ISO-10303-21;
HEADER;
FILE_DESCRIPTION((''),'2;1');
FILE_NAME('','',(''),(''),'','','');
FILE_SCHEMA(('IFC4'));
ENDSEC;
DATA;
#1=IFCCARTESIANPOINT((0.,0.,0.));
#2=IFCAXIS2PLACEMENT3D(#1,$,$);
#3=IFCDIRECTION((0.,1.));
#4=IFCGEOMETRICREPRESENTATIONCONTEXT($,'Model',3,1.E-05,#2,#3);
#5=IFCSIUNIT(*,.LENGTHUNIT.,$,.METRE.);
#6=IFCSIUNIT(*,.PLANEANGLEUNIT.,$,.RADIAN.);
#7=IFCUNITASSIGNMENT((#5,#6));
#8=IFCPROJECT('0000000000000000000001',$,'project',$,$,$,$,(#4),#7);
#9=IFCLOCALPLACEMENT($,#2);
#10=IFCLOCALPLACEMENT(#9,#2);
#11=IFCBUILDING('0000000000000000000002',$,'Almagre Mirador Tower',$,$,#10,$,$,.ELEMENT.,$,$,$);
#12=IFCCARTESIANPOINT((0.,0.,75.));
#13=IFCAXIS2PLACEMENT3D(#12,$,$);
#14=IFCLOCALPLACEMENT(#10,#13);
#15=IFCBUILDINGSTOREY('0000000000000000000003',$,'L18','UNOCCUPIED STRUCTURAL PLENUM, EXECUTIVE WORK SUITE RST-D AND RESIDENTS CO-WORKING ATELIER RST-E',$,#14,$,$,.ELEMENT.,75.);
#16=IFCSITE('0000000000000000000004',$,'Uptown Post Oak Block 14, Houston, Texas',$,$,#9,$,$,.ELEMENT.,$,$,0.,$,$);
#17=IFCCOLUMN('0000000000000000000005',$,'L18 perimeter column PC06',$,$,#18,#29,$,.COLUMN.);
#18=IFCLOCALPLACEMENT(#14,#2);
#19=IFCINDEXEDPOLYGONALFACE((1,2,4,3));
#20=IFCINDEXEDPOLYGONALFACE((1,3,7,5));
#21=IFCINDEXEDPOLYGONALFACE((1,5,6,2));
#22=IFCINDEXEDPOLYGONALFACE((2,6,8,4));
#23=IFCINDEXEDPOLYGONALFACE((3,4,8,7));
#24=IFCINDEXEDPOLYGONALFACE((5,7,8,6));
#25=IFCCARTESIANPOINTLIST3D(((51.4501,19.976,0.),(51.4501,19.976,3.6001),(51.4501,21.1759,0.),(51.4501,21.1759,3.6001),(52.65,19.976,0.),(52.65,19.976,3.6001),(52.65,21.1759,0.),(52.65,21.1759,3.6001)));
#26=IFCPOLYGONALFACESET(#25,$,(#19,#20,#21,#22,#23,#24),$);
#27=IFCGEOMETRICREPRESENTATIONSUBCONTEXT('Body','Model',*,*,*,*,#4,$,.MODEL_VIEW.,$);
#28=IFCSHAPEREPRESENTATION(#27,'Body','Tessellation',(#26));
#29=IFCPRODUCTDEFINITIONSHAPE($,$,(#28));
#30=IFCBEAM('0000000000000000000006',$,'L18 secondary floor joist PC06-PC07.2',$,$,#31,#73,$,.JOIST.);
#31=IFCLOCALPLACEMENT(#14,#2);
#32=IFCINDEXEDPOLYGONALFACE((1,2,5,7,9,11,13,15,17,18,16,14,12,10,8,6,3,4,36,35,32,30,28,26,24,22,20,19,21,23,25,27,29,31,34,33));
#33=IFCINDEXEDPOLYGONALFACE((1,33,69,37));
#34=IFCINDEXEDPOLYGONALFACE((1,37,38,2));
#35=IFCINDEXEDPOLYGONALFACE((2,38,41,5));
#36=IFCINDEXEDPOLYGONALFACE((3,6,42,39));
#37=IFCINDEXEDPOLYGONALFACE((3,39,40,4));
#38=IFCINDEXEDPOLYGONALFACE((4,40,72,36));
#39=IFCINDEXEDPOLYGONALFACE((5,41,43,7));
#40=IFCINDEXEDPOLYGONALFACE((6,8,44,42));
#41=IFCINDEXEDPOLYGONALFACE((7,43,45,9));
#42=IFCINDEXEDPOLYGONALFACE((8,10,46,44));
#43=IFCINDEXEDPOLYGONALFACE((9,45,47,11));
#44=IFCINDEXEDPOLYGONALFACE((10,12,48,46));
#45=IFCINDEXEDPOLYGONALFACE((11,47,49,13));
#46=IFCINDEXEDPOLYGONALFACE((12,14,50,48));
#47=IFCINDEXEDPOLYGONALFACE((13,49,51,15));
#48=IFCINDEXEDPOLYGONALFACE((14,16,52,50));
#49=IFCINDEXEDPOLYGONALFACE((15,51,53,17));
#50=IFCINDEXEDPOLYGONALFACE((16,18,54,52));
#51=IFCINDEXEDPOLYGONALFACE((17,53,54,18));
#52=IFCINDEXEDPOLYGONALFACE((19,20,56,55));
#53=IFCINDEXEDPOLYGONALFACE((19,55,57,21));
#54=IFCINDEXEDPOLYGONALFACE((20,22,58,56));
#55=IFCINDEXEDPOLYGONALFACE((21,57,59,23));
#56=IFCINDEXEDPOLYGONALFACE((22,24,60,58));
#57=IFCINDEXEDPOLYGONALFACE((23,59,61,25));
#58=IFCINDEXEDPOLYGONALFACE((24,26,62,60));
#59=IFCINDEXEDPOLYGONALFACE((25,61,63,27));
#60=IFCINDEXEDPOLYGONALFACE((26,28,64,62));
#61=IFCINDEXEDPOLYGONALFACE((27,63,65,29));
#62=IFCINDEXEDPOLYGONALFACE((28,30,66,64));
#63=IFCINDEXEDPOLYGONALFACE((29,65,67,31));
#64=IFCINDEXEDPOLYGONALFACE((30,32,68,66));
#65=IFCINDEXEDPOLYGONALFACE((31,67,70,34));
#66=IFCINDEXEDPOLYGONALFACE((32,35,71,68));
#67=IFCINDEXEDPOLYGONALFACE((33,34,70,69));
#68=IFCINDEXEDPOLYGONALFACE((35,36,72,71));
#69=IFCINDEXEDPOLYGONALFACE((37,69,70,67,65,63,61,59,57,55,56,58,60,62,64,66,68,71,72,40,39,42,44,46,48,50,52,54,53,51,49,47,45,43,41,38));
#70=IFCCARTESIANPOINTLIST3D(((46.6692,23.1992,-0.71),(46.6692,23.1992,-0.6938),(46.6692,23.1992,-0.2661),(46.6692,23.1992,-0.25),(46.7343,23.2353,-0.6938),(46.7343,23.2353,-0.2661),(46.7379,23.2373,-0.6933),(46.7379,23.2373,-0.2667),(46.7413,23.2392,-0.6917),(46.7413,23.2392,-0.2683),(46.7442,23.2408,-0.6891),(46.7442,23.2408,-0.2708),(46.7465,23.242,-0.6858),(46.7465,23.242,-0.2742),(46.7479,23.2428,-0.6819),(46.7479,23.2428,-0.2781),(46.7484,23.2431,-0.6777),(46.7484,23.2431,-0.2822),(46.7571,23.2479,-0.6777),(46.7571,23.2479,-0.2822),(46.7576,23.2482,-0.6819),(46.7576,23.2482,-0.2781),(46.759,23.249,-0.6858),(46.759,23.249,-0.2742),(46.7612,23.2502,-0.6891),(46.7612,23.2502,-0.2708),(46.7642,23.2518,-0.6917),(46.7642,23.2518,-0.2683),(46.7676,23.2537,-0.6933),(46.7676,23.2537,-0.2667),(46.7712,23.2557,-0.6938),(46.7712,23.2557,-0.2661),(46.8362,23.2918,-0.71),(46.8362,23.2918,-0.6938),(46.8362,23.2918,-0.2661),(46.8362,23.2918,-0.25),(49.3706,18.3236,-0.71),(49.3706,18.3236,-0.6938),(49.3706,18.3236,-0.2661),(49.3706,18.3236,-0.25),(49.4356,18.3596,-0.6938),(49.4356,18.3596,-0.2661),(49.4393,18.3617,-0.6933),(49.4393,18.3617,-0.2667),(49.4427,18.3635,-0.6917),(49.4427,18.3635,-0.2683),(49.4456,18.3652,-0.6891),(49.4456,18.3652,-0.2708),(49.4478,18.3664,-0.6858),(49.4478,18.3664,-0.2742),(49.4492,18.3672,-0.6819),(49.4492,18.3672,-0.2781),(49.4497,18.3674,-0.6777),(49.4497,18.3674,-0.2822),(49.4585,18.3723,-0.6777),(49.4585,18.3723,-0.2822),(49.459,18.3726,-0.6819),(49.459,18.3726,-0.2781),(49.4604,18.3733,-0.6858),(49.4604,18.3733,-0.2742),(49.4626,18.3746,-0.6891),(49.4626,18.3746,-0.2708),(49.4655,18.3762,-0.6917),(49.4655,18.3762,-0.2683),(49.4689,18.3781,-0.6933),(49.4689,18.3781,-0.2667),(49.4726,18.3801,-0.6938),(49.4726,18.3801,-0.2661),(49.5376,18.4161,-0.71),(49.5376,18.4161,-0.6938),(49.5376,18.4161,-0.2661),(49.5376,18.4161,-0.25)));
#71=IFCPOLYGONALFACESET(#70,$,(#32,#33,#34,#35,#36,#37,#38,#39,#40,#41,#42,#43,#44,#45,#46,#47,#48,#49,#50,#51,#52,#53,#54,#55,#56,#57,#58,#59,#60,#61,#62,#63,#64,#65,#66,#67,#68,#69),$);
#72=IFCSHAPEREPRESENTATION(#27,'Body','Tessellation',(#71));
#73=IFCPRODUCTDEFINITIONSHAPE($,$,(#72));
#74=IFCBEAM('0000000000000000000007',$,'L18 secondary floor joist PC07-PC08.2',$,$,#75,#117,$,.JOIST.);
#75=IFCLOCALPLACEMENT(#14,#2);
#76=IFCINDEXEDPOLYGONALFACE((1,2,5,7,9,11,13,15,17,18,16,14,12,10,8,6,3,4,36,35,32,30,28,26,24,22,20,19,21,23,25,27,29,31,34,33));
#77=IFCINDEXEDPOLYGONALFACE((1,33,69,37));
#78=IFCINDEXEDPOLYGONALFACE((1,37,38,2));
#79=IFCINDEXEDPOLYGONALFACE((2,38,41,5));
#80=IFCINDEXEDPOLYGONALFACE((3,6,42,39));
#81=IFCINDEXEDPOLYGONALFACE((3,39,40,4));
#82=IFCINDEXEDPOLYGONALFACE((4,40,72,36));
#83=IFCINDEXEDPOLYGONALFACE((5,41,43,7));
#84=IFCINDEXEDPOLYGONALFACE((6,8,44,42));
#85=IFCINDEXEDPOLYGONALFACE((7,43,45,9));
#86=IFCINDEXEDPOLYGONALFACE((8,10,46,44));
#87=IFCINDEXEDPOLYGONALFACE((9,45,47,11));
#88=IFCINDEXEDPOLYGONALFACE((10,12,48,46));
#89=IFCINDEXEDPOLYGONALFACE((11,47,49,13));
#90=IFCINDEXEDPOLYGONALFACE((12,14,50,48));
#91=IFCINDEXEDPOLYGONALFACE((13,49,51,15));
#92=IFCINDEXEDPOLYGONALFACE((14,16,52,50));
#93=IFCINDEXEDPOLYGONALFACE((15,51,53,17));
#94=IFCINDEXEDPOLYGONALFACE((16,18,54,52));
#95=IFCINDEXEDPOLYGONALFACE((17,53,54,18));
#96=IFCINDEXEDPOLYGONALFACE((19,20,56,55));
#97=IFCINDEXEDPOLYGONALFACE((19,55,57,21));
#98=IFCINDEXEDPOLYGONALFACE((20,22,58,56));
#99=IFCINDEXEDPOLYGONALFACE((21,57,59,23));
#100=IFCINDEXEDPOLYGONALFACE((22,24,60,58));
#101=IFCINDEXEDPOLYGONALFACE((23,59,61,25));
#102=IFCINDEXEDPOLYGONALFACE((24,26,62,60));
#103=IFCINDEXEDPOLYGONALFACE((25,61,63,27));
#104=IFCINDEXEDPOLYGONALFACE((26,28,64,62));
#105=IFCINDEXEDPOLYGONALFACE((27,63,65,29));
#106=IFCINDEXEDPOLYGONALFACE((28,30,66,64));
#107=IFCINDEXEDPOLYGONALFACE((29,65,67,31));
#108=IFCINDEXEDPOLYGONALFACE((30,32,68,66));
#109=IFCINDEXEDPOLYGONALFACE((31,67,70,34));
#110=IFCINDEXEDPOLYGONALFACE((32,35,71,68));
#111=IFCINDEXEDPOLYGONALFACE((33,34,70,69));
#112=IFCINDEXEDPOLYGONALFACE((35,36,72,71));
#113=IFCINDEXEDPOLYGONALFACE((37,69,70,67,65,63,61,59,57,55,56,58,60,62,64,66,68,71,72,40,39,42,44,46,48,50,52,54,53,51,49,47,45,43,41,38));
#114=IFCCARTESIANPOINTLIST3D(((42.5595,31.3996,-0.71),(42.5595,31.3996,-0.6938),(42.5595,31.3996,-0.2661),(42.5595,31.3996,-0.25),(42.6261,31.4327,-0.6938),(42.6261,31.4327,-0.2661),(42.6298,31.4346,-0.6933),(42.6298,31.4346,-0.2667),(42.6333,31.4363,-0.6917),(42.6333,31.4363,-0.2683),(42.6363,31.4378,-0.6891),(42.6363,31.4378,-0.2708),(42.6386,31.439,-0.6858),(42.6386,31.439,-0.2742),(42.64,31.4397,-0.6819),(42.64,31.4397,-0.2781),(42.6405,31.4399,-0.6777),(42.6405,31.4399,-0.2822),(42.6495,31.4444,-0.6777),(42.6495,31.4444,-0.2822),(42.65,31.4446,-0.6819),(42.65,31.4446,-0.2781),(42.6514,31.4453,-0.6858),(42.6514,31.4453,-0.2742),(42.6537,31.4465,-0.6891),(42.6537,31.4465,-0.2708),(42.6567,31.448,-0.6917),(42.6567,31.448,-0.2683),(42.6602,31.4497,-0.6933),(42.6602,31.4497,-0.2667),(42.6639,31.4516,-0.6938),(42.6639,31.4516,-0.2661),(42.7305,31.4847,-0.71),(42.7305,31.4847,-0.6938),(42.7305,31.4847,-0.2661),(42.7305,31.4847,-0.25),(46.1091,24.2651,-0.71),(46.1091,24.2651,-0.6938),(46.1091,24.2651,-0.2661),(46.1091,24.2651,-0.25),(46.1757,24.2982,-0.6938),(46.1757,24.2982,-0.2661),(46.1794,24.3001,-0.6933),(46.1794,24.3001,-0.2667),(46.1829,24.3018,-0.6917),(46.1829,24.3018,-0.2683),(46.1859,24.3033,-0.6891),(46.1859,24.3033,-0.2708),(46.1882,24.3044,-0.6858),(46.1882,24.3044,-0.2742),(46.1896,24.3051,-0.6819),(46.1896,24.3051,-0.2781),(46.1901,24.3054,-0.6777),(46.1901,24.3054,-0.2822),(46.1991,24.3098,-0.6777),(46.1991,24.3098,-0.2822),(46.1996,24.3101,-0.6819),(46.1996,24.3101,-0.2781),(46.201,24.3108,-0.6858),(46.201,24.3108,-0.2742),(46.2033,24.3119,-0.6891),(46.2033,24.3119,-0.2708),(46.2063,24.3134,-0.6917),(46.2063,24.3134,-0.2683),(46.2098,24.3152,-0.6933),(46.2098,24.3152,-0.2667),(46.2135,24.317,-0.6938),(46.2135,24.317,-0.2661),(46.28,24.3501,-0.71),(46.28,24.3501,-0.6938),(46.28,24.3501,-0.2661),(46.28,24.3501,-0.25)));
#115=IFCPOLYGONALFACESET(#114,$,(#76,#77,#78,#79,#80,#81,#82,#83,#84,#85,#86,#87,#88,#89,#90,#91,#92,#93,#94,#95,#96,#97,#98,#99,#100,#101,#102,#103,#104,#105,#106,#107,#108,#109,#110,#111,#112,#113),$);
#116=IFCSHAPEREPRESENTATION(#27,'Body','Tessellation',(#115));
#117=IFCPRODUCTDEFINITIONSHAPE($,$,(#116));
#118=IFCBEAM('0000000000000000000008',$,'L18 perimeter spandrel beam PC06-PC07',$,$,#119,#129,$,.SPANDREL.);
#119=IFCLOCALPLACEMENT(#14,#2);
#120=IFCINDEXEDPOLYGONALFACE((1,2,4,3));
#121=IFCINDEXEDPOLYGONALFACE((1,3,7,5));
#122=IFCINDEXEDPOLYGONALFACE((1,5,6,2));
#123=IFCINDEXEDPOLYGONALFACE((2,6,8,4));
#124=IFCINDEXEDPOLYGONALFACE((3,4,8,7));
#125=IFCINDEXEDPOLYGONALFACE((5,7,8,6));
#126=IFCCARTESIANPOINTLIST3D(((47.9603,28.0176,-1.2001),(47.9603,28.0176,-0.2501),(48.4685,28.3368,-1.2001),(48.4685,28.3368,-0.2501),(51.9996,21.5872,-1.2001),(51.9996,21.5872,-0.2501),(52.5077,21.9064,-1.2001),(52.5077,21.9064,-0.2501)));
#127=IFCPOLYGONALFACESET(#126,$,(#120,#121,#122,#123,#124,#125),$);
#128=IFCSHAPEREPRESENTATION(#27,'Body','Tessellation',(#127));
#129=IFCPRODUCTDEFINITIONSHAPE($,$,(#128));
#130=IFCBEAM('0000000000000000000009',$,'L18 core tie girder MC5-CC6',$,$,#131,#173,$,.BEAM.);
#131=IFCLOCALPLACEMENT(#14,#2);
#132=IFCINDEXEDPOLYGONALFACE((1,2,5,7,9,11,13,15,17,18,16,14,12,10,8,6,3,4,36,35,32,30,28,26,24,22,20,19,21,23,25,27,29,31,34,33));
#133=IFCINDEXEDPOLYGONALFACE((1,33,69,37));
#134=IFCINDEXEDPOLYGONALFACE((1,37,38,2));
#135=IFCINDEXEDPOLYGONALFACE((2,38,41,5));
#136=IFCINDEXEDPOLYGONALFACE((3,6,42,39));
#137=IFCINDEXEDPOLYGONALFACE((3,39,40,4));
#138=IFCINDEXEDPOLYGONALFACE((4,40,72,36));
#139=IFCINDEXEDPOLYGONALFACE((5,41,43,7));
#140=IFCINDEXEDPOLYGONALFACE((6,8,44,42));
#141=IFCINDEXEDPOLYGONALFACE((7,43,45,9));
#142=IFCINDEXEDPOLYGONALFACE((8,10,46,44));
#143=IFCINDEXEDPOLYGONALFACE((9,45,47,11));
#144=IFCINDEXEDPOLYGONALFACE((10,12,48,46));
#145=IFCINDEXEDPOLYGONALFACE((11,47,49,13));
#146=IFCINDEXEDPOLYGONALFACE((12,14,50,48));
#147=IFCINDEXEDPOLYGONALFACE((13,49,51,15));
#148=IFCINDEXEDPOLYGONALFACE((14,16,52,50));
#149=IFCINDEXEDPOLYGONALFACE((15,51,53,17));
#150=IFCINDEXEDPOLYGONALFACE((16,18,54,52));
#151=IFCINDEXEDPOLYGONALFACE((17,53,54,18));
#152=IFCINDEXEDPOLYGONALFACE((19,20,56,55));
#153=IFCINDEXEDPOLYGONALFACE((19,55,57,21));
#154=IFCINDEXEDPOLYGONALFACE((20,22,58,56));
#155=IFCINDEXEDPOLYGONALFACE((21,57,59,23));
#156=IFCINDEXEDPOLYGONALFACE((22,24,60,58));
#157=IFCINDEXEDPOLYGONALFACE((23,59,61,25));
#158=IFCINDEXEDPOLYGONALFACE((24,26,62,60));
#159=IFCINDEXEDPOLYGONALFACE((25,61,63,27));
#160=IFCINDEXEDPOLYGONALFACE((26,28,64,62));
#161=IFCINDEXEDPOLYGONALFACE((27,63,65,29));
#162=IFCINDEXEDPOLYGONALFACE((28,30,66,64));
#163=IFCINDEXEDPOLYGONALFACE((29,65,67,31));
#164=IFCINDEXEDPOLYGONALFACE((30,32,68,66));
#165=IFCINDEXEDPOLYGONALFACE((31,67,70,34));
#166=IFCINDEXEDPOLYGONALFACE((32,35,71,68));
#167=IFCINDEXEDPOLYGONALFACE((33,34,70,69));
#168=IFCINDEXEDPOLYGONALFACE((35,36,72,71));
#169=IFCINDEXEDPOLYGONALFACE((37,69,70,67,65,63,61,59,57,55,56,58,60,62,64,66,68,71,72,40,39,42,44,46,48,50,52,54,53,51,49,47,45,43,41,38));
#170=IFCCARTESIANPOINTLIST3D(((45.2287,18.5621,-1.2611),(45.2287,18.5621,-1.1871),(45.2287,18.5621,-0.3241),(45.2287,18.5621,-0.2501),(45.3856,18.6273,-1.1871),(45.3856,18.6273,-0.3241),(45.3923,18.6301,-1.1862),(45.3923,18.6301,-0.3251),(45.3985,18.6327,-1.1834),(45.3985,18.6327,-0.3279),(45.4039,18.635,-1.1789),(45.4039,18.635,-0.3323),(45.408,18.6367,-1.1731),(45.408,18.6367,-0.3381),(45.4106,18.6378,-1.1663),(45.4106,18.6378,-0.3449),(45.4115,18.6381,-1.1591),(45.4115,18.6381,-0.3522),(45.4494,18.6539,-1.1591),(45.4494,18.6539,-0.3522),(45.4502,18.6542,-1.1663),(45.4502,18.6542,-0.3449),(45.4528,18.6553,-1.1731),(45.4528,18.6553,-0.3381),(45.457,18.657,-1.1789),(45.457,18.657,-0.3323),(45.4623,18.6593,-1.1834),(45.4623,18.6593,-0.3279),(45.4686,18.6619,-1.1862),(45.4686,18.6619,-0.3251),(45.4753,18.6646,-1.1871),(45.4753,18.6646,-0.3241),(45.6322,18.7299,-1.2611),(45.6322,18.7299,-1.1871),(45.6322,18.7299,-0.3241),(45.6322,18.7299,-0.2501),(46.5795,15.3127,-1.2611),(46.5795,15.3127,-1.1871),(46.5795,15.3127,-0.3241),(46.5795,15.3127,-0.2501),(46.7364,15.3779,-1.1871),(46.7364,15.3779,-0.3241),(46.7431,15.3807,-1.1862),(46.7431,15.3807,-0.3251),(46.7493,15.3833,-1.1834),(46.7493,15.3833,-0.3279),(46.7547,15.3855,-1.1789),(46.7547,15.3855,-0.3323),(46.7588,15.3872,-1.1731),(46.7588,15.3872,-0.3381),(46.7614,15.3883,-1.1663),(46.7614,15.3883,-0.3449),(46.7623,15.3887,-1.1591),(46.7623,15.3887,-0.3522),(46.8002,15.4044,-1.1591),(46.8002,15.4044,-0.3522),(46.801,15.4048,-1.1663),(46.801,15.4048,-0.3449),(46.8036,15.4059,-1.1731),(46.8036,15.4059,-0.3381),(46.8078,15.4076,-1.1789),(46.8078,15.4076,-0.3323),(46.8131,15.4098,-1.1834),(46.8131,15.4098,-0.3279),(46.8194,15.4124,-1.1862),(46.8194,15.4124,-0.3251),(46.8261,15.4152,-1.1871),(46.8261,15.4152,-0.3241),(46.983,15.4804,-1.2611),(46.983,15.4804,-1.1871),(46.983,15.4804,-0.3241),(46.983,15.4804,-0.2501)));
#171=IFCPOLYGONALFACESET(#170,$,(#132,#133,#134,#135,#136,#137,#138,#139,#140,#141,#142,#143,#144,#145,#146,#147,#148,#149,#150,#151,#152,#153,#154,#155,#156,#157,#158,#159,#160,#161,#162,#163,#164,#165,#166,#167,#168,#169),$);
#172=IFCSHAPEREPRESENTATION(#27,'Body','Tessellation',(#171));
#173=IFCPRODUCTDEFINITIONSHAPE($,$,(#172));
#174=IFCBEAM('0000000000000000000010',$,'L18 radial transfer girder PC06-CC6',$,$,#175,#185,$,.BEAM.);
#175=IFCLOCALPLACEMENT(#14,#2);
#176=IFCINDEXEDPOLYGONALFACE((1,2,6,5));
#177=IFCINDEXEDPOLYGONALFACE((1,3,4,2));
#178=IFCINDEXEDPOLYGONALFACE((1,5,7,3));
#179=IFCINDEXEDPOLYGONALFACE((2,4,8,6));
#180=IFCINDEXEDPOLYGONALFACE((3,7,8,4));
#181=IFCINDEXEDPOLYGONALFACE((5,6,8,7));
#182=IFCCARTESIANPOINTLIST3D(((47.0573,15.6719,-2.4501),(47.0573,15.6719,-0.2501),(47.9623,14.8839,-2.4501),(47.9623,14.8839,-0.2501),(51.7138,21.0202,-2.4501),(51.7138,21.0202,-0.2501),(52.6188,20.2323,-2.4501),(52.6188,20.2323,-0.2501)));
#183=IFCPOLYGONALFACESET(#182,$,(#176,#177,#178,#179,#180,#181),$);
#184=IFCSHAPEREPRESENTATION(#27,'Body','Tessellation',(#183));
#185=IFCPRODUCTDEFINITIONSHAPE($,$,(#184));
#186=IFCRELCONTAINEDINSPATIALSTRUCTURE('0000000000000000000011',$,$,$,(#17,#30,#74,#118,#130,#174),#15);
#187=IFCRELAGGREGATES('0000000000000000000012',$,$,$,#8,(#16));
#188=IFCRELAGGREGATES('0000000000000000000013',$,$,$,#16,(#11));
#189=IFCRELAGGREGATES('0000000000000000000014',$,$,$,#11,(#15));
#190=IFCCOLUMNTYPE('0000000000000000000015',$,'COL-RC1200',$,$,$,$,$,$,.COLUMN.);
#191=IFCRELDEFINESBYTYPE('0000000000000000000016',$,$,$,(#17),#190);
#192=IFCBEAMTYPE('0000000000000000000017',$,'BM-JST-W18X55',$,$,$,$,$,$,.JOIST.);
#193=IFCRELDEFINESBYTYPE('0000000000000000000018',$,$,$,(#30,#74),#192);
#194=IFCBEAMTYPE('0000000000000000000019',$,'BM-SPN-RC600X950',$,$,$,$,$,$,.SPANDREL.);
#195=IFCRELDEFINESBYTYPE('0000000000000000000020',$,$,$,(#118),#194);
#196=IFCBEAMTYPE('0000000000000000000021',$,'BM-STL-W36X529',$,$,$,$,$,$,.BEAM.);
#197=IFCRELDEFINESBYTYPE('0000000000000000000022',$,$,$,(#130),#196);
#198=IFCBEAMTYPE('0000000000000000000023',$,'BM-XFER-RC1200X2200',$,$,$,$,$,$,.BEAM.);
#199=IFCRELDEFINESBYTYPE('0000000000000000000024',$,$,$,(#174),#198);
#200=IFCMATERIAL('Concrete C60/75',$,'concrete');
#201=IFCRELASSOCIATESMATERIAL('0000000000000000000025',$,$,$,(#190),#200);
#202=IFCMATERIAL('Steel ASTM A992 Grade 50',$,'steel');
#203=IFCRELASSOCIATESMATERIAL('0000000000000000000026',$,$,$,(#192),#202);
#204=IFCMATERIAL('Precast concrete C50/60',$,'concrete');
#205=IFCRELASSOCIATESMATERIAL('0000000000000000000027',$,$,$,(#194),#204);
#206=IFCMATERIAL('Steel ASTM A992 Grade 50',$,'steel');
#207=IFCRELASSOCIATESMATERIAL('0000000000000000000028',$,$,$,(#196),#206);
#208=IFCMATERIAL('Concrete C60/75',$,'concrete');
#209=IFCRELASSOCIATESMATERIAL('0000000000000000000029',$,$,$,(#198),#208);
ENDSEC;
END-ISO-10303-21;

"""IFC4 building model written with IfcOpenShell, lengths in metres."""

from ifc_helpers import new_model, si_unit, direction, frame, origin, origin_2d, place, context, subcontext, project, spatial, rectangle, i_section, extrude, material, material_profile, profile_set, type_object, element, save


model = new_model("IFC4")

# Units and contexts
model_context = context("Model", 3, precision=1e-05, world=origin(), true_north=direction((0.0, 1.0)))
body_context = subcontext(model_context, "Body", "Model", "MODEL_VIEW")
ifc_project = project(units=[si_unit("LENGTHUNIT", "METRE"), si_unit("PLANEANGLEUNIT", "RADIAN")], contexts=[model_context])

# Site, building, storey
site_placement = place(None, origin())
site = spatial("IfcSite", under=ifc_project, at=site_placement, Name="Uptown Post Oak Block 14, Houston, Texas", CompositionType="ELEMENT", RefElevation=0.0)
building_placement = place(site_placement, origin())
building = spatial("IfcBuilding", under=site, at=building_placement, Name="Almagre Mirador Tower", CompositionType="ELEMENT")
storey_placement = place(building_placement, frame((0.0, 0.0, 75.0)))
storey = spatial("IfcBuildingStorey", under=building, at=storey_placement, Name="L18", Description="UNOCCUPIED STRUCTURAL PLENUM, EXECUTIVE WORK SUITE RST-D AND RESIDENTS CO-WORKING ATELIER RST-E", CompositionType="ELEMENT", Elevation=75.0)

# Column
ifc_material_1 = material(Name="Concrete C60/75", Category="concrete")
ifc_material_profile_1 = material_profile(ifc_material_1, rectangle(XDim=1.2, YDim=1.2, at=origin_2d()), Name="RC1200X1200")
ifc_profile_set_1 = profile_set([ifc_material_profile_1], Name="Concrete C60/75")
column_type = type_object("IfcColumnType", Name="COL-RC1200", PredefinedType="COLUMN", material=ifc_profile_set_1)
column_placement = place(storey_placement, frame((52.05, 20.5759, 0.0), z_axis=(0.0, 0.0, 1.0), x_axis=(1.0, 0.0, 0.0)))
element("IfcColumn", 1, at=column_placement, inside=storey, type_object=column_type, Name="L18 perimeter column PC06", PredefinedType="COLUMN", context=body_context, shape_type="SweptSolid", body=[
    extrude(rectangle(XDim=1.2, YDim=1.2, at=origin_2d()), origin(), (0.0, 0.0, 1.0), 3.6001),
])

# Beams
ifc_material_2 = material(Name="Steel ASTM A992 Grade 50", Category="steel")
ifc_material_profile_2 = material_profile(ifc_material_2, i_section(OverallWidth=0.1909, OverallDepth=0.46, WebThickness=0.01, FlangeThickness=0.0161, FilletRadius=0.0161, at=origin_2d()), Name="W18X55")
ifc_profile_set_2 = profile_set([ifc_material_profile_2], Name="Steel ASTM A992 Grade 50")
beam_type_1 = type_object("IfcBeamType", Name="BM-JST-W18X55", PredefinedType="JOIST", material=ifc_profile_set_2)
beam_1_placement = place(storey_placement, frame((49.4541, 18.3699, -0.48), z_axis=(-0.484639, 0.874715, 0.0), x_axis=(-0.874715, -0.484639, 0.0)))
element("IfcBeam", 2, at=beam_1_placement, inside=storey, type_object=beam_type_1, Name="L18 secondary floor joist PC06-PC07.2", PredefinedType="JOIST", context=body_context, shape_type="SweptSolid", body=[
    extrude(i_section(OverallWidth=0.1909, OverallDepth=0.46, WebThickness=0.01, FlangeThickness=0.0161, FilletRadius=0.0161, at=origin_2d()), origin(), (0.0, 0.0, 1.0), 5.574),
])
beam_2_placement = place(storey_placement, frame((46.1946, 24.3076, -0.48), z_axis=(-0.445436, 0.895314, 0.0), x_axis=(-0.895314, -0.445436, 0.0)))
element("IfcBeam", 3, at=beam_2_placement, inside=storey, type_object=beam_type_1, Name="L18 secondary floor joist PC07-PC08.2", PredefinedType="JOIST", context=body_context, shape_type="SweptSolid", body=[
    extrude(i_section(OverallWidth=0.1909, OverallDepth=0.46, WebThickness=0.01, FlangeThickness=0.0161, FilletRadius=0.0161, at=origin_2d()), origin(), (0.0, 0.0, 1.0), 7.9688),
])
ifc_material_3 = material(Name="Precast concrete C50/60", Category="concrete")
ifc_material_profile_3 = material_profile(ifc_material_3, rectangle(XDim=0.6001, YDim=0.95, at=origin_2d()), Name="RC600X950")
ifc_profile_set_3 = profile_set([ifc_material_profile_3], Name="Precast concrete C50/60")
beam_type_2 = type_object("IfcBeamType", Name="BM-SPN-RC600X950", PredefinedType="SPANDREL", material=ifc_profile_set_3)
beam_3_placement = place(storey_placement, frame((52.2537, 21.7468, -0.7251), z_axis=(-0.531919, 0.846795, 0.0), x_axis=(-0.846795, -0.531919, 0.0)))
element("IfcBeam", 4, at=beam_3_placement, inside=storey, type_object=beam_type_2, Name="L18 perimeter spandrel beam PC06-PC07", PredefinedType="SPANDREL", context=body_context, shape_type="SweptSolid", body=[
    extrude(rectangle(XDim=0.6001, YDim=0.95, at=origin_2d()), origin(), (0.0, 0.0, 1.0), 7.5938),
])
ifc_material_4 = material(Name="Steel ASTM A992 Grade 50", Category="steel")
ifc_material_profile_4 = material_profile(ifc_material_4, i_section(OverallWidth=0.437, OverallDepth=1.011, WebThickness=0.041, FlangeThickness=0.074, FilletRadius=0.0281, at=origin_2d()), Name="W36X529")
ifc_profile_set_4 = profile_set([ifc_material_profile_4], Name="Steel ASTM A992 Grade 50")
beam_type_3 = type_object("IfcBeamType", Name="BM-STL-W36X529", PredefinedType="BEAM", material=ifc_profile_set_4)
beam_4_placement = place(storey_placement, frame((45.4304, 18.646, -0.7556), z_axis=(0.383857, -0.923393, 0.0), x_axis=(0.923393, 0.383857, 0.0)))
element("IfcBeam", 5, at=beam_4_placement, inside=storey, type_object=beam_type_3, Name="L18 core tie girder MC5-CC6", PredefinedType="BEAM", context=body_context, shape_type="SweptSolid", body=[
    extrude(i_section(OverallWidth=0.437, OverallDepth=1.011, WebThickness=0.041, FlangeThickness=0.074, FilletRadius=0.0281, at=origin_2d()), origin(), (0.0, 0.0, 1.0), 3.519),
])
ifc_material_5 = material(Name="Concrete C60/75", Category="concrete")
ifc_material_profile_5 = material_profile(ifc_material_5, rectangle(XDim=1.2, YDim=2.2, at=origin_2d()), Name="RC1200X2200")
ifc_profile_set_5 = profile_set([ifc_material_profile_5], Name="Concrete C60/75")
beam_type_4 = type_object("IfcBeamType", Name="BM-XFER-RC1200X2200", PredefinedType="BEAM", material=ifc_profile_set_5)
beam_5_placement = place(storey_placement, frame((52.1663, 20.6262, -1.3501), z_axis=(-0.656638, -0.754206, 0.0), x_axis=(0.754206, -0.656638, 0.0)))
element("IfcBeam", 6, at=beam_5_placement, inside=storey, type_object=beam_type_4, Name="L18 radial transfer girder PC06-CC6", PredefinedType="BEAM", context=body_context, shape_type="SweptSolid", body=[
    extrude(rectangle(XDim=1.2, YDim=2.2, at=origin_2d()), origin(), (0.0, 0.0, 1.0), 7.0913),
])

save(model, "model.ifc")
